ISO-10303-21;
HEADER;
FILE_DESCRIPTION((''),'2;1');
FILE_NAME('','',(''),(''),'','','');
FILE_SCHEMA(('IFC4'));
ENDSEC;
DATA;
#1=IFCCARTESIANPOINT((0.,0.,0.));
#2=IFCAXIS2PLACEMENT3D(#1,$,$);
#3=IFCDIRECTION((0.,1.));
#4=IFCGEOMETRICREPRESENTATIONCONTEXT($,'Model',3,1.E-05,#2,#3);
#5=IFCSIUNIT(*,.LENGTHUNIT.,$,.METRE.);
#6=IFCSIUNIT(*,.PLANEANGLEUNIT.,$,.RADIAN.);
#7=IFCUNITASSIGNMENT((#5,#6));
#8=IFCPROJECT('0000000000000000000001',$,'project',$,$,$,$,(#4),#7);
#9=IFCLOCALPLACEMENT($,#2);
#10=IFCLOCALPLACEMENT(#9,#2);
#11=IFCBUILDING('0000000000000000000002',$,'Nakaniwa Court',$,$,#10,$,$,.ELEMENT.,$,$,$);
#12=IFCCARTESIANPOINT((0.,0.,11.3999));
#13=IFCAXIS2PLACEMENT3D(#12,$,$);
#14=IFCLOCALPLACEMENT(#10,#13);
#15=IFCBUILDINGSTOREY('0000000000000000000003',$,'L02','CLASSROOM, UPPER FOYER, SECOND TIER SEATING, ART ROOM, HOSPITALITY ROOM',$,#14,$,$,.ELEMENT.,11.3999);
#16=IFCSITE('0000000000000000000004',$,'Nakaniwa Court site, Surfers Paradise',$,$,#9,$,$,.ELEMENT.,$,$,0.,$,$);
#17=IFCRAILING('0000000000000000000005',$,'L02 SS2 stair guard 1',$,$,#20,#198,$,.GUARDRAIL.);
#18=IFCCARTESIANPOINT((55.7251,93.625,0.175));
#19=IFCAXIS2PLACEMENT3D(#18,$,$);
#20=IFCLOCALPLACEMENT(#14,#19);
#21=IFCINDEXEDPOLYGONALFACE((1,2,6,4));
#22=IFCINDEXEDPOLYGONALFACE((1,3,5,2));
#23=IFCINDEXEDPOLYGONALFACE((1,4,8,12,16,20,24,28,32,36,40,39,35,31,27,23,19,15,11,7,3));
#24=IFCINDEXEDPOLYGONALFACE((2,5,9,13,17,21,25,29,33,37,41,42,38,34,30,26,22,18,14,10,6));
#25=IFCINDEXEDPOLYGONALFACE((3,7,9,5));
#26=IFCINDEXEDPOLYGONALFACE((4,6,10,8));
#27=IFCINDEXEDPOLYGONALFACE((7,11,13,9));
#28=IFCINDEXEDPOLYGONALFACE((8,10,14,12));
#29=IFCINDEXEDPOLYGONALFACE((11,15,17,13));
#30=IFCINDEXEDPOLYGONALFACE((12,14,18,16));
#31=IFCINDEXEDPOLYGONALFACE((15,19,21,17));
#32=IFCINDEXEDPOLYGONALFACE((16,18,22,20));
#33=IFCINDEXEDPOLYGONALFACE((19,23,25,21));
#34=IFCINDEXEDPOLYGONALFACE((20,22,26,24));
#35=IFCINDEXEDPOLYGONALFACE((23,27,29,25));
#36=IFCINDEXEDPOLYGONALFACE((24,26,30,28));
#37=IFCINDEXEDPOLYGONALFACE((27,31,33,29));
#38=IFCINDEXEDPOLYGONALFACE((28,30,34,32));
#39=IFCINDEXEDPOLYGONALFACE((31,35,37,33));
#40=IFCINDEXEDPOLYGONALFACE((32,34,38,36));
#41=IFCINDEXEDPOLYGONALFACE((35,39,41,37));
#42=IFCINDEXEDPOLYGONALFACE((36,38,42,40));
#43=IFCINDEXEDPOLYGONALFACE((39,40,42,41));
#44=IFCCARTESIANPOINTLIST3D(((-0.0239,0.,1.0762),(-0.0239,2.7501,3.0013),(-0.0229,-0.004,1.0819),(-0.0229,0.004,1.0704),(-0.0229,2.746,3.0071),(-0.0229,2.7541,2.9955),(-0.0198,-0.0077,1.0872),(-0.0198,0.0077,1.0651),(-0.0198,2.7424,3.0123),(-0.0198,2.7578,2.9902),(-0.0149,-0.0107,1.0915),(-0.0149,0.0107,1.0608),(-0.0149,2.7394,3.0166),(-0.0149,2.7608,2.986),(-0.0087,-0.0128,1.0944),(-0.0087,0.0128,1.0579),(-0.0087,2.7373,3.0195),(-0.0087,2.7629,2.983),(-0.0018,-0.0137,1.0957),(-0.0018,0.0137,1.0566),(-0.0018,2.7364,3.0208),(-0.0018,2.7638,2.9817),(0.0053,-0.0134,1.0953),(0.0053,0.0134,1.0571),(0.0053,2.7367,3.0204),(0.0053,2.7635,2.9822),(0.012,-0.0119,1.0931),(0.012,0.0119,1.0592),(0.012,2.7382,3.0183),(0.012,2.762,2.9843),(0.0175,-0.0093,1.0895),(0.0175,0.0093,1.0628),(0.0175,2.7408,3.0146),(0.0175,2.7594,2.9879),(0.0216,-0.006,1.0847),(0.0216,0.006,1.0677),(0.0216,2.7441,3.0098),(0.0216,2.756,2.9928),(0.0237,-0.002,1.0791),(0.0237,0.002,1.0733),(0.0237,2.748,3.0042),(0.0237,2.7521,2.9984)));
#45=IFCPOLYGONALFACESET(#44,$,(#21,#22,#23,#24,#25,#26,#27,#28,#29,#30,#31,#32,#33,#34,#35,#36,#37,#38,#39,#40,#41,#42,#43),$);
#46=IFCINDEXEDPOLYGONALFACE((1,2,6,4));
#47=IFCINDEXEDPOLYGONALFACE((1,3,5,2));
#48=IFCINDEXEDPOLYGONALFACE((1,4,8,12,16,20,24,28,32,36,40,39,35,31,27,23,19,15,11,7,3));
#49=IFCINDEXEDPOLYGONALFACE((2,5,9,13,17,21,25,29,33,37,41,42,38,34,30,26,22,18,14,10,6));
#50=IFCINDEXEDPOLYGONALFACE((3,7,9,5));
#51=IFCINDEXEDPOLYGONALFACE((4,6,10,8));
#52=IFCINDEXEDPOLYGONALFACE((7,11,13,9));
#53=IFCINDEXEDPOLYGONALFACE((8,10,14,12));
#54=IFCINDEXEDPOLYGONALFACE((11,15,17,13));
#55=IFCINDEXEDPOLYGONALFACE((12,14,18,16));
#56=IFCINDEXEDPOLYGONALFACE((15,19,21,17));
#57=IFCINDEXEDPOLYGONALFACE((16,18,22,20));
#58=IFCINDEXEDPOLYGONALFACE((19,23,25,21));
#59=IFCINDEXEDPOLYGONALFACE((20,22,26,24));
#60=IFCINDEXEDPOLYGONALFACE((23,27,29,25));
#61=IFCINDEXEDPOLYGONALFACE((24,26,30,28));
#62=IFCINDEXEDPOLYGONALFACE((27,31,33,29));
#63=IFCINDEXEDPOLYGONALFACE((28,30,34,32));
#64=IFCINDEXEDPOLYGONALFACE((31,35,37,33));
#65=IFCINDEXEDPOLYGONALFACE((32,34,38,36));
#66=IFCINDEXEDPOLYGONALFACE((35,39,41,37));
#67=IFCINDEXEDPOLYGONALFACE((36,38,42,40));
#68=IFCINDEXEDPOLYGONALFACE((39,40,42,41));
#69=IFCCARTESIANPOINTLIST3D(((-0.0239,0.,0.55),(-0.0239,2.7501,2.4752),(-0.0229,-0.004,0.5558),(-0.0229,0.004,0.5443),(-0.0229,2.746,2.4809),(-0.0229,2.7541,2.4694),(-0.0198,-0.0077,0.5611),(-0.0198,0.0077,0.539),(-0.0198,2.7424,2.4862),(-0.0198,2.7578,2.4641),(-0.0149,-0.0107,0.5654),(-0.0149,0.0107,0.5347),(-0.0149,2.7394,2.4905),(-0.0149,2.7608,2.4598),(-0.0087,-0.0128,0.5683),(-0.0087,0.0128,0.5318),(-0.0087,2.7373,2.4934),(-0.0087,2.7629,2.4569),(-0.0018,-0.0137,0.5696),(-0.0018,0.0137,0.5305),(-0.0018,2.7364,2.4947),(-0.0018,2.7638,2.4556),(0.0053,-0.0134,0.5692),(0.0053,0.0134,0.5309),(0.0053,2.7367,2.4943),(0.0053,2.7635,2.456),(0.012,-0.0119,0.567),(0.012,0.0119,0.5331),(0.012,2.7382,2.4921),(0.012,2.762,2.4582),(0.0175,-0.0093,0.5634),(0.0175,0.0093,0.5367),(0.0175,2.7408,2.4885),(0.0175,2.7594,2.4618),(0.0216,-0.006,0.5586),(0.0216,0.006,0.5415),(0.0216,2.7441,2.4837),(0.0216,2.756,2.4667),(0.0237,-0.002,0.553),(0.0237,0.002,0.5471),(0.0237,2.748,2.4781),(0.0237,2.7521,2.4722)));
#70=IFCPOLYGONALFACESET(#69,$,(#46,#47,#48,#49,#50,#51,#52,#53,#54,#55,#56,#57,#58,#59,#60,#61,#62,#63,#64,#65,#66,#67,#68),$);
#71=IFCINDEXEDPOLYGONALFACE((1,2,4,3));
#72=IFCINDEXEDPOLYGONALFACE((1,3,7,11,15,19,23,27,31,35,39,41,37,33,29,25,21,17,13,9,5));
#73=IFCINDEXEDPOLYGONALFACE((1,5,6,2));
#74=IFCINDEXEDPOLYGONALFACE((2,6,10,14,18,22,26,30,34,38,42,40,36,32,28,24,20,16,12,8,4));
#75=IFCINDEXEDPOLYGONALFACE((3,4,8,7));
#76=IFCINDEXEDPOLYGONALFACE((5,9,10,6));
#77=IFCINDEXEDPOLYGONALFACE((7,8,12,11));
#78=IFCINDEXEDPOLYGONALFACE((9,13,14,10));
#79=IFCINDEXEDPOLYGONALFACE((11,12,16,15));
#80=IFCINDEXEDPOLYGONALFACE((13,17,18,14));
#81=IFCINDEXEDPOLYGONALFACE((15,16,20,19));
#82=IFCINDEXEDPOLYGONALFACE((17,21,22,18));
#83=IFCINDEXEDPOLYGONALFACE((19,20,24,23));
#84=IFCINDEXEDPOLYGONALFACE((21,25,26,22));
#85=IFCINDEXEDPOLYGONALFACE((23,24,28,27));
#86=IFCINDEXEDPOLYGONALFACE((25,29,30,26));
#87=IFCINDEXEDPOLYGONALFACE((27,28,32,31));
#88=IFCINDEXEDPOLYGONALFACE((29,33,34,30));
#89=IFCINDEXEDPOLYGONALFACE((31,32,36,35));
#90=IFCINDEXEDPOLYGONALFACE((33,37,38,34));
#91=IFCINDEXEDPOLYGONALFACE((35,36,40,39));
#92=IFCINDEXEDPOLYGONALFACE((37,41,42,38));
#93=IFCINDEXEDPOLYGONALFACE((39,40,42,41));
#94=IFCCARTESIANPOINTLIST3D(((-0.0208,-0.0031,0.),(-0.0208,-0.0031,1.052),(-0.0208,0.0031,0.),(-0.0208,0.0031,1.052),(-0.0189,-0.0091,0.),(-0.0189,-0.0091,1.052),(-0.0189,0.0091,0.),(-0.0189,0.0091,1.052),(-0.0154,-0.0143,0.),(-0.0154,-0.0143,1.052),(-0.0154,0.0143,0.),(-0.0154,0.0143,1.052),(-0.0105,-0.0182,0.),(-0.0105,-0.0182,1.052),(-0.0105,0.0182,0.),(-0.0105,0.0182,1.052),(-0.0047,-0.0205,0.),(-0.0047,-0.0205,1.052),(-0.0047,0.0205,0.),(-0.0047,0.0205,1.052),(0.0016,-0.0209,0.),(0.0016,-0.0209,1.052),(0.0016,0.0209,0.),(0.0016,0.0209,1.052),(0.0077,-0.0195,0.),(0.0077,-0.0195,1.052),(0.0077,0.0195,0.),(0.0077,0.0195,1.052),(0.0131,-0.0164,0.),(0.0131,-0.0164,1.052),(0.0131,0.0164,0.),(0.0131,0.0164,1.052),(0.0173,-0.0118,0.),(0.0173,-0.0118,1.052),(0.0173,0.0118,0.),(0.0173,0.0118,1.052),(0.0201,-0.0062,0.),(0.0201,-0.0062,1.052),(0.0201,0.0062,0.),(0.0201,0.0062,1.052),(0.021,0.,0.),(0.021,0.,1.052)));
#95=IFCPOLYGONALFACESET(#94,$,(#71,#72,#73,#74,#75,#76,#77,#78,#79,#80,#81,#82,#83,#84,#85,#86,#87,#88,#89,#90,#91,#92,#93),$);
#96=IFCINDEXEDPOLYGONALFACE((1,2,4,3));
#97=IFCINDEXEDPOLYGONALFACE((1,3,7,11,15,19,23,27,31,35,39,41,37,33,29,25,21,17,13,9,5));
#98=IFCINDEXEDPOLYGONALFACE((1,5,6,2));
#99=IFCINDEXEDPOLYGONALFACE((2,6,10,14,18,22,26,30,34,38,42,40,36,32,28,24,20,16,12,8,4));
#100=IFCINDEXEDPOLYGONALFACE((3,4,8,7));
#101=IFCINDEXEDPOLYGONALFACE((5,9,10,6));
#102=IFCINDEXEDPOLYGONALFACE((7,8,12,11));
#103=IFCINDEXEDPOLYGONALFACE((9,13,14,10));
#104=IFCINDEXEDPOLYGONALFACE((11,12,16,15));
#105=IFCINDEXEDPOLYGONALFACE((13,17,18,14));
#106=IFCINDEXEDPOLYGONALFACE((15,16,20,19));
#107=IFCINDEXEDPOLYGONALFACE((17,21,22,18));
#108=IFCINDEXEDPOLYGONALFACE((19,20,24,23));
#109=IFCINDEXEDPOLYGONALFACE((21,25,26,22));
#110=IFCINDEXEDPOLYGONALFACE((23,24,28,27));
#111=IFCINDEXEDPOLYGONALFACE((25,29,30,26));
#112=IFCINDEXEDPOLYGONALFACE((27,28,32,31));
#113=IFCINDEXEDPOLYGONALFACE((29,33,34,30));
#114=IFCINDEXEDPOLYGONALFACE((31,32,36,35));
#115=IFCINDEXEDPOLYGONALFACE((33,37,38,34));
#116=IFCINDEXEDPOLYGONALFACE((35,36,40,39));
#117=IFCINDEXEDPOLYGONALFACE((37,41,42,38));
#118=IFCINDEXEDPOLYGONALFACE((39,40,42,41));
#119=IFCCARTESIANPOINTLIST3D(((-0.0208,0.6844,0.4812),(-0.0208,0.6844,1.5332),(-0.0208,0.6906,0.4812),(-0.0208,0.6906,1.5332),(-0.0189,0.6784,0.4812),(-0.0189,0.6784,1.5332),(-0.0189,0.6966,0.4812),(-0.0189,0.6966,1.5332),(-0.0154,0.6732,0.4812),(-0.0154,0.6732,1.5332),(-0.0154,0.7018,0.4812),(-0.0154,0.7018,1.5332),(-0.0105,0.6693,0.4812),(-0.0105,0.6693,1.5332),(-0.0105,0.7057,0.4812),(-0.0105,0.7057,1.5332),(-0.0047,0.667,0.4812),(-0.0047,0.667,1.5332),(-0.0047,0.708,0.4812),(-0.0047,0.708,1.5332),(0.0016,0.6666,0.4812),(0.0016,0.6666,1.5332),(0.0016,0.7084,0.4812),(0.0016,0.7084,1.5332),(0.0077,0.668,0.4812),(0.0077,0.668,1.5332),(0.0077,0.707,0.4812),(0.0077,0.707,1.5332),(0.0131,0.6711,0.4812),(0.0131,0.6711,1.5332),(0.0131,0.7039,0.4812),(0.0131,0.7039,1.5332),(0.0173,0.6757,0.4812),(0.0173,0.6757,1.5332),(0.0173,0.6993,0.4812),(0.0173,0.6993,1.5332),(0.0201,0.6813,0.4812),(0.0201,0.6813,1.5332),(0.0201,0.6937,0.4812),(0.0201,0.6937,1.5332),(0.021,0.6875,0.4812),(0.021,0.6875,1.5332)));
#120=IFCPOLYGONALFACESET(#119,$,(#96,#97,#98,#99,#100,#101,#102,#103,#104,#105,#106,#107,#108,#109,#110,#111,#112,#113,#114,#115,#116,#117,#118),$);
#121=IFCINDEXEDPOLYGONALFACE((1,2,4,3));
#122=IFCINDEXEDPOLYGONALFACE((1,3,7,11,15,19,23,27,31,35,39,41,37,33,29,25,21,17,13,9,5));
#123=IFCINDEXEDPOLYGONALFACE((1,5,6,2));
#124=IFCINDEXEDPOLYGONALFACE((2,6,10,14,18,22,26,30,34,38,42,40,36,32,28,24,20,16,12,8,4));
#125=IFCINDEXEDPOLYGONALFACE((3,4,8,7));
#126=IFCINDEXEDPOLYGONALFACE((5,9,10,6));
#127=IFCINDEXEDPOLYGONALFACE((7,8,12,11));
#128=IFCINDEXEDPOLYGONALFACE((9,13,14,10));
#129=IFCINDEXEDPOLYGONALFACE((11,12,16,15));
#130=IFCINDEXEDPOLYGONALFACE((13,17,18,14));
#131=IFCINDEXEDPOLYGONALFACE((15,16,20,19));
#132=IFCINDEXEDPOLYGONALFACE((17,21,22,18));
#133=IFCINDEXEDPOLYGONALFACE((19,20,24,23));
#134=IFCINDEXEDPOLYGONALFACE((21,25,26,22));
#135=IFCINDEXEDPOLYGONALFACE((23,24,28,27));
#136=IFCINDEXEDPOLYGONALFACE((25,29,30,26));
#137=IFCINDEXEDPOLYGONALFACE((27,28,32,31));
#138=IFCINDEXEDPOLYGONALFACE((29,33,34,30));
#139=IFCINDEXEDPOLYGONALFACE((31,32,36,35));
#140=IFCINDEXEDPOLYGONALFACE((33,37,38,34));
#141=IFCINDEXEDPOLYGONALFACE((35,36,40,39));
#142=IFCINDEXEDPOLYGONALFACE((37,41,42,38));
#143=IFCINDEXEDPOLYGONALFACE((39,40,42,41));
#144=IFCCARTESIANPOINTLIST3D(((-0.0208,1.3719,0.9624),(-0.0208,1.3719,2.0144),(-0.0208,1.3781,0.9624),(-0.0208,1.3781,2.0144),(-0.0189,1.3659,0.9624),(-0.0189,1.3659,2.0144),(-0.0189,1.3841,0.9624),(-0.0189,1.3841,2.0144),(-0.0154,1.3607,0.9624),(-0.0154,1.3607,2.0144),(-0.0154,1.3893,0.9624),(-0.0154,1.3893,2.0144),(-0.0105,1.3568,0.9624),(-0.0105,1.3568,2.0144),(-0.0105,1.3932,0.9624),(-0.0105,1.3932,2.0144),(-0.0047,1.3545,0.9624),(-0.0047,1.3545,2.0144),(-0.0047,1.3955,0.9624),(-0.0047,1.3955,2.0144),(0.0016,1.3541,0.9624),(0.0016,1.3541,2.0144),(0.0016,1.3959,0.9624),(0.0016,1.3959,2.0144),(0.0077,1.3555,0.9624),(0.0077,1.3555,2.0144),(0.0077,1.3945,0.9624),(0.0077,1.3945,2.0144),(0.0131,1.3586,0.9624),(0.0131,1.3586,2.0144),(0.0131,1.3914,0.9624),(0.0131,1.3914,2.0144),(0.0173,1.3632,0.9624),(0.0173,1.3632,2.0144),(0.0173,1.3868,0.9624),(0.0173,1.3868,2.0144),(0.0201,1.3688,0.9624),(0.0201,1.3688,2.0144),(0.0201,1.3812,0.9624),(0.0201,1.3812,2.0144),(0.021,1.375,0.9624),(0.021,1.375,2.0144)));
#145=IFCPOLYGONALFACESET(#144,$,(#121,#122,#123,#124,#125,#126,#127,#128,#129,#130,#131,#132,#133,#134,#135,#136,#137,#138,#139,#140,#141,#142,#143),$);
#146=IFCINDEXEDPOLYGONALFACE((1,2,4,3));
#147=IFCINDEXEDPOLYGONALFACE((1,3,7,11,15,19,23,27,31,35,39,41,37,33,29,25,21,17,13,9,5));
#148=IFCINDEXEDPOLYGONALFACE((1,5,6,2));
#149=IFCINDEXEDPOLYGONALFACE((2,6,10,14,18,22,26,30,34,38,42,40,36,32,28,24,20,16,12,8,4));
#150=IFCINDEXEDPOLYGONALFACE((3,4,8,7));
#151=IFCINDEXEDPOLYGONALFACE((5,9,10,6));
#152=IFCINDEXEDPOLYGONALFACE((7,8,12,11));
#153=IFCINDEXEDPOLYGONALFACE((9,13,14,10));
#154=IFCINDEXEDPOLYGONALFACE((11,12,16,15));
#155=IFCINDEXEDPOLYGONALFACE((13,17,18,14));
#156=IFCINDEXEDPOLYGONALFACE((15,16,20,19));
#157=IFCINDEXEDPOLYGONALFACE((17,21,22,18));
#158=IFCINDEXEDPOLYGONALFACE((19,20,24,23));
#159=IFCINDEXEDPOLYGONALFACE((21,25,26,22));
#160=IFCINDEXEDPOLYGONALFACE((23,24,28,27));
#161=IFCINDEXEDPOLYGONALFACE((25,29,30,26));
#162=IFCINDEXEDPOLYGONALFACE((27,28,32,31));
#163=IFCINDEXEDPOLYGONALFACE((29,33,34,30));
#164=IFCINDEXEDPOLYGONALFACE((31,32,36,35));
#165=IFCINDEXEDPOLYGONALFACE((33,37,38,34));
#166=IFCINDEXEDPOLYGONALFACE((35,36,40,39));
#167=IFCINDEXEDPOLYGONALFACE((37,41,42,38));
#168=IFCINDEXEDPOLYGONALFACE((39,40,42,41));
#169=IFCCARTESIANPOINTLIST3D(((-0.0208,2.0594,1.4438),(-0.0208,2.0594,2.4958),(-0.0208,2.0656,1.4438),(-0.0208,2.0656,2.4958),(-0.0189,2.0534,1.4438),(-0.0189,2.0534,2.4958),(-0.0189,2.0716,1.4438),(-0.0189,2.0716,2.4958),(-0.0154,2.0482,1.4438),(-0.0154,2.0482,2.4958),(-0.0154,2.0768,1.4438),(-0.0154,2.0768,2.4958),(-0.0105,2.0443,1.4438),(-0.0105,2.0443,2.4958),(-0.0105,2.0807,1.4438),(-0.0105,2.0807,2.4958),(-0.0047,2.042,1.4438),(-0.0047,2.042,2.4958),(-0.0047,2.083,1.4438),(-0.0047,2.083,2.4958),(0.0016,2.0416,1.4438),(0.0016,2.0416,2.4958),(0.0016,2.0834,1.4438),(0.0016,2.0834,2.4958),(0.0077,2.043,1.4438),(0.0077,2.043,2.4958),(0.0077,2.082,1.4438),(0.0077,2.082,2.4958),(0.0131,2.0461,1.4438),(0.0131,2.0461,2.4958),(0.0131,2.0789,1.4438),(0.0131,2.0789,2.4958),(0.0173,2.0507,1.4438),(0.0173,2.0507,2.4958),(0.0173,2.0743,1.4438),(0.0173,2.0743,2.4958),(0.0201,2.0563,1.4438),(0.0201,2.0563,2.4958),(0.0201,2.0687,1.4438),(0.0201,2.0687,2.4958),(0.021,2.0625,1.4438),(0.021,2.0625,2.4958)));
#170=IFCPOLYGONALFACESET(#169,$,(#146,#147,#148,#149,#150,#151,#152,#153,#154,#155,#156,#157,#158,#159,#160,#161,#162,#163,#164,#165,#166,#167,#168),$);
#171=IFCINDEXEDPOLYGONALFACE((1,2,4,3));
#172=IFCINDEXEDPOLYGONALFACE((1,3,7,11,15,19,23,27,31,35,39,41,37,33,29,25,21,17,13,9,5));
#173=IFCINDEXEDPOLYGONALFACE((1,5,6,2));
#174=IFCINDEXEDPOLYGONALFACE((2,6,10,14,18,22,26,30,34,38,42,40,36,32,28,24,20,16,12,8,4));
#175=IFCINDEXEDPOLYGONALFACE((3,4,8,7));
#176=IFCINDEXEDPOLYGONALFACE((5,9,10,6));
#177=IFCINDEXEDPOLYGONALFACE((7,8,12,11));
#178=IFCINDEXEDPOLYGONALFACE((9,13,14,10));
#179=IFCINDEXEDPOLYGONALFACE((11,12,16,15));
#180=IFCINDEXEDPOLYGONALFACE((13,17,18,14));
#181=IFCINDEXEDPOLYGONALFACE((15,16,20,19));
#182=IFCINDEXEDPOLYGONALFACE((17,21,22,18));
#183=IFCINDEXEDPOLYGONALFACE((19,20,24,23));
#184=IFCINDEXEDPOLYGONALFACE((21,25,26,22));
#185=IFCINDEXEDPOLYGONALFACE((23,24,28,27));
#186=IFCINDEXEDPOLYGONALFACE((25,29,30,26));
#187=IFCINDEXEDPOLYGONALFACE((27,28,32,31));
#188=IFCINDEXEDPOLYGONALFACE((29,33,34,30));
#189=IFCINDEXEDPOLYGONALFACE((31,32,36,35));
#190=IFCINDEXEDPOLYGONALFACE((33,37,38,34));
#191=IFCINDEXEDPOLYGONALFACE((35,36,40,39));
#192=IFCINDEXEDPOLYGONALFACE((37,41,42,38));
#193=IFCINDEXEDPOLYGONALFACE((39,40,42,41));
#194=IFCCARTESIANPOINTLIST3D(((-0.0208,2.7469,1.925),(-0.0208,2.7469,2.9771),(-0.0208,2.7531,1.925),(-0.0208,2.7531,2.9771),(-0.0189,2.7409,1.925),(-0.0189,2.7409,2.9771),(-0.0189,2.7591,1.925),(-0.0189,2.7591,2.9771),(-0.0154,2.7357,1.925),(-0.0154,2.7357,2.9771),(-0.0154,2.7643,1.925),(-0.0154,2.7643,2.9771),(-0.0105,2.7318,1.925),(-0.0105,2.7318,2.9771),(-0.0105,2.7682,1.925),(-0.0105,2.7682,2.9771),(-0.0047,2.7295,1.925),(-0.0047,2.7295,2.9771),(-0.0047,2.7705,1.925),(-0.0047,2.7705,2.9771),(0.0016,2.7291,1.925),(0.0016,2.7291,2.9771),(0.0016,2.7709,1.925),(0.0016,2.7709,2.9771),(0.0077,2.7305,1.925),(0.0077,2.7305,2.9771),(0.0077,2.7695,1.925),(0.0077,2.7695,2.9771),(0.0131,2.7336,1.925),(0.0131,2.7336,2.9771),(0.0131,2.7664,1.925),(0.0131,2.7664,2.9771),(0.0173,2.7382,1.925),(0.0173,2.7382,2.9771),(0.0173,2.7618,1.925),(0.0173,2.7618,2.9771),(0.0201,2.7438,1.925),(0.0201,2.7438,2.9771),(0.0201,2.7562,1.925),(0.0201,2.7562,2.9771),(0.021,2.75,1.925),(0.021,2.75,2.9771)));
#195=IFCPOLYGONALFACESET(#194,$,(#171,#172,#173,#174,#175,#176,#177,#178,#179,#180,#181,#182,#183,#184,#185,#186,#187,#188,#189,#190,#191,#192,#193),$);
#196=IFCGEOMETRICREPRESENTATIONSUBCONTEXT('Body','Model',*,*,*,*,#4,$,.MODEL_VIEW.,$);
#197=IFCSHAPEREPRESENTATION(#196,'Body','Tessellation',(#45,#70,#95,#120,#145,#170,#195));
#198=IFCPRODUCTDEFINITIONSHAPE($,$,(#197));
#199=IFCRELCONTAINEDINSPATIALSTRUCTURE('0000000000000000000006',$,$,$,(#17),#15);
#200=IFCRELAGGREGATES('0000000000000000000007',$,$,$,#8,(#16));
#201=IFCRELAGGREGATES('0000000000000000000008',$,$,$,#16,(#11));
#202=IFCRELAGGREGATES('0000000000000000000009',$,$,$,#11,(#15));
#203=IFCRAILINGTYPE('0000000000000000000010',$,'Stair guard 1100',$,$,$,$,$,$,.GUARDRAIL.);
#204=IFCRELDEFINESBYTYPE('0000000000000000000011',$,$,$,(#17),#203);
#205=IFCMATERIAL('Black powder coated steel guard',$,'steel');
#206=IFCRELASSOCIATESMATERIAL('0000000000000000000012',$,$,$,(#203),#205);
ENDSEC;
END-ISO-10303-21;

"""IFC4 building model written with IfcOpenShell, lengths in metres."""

from ifc_helpers import new_model, si_unit, direction, frame, origin, origin_2d, place, context, subcontext, project, spatial, circle, extrude, material, type_object, element, save


model = new_model("IFC4")

# Units and contexts
model_context = context("Model", 3, precision=1e-05, world=origin(), true_north=direction((0.0, 1.0)))
body_context = subcontext(model_context, "Body", "Model", "MODEL_VIEW")
ifc_project = project(units=[si_unit("LENGTHUNIT", "METRE"), si_unit("PLANEANGLEUNIT", "RADIAN")], contexts=[model_context])

# Site, building, storey
site_placement = place(None, origin())
site = spatial("IfcSite", under=ifc_project, at=site_placement, Name="Nakaniwa Court site, Surfers Paradise", CompositionType="ELEMENT", RefElevation=0.0)
building_placement = place(site_placement, origin())
building = spatial("IfcBuilding", under=site, at=building_placement, Name="Nakaniwa Court", CompositionType="ELEMENT")
storey_placement = place(building_placement, frame((0.0, 0.0, 11.3999)))
storey = spatial("IfcBuildingStorey", under=building, at=storey_placement, Name="L02", Description="CLASSROOM, UPPER FOYER, SECOND TIER SEATING, ART ROOM, HOSPITALITY ROOM", CompositionType="ELEMENT", Elevation=11.3999)

# Railing
ifc_material_1 = material(Name="Black powder coated steel guard", Category="steel")
railing_type_1 = type_object("IfcRailingType", Name="Stair guard 1100", PredefinedType="GUARDRAIL", material=ifc_material_1)
railing_1_placement = place(storey_placement, frame((55.7251, 93.625, 0.175)))
element("IfcRailing", 1, at=railing_1_placement, inside=storey, type_object=railing_type_1, Name="L02 SS2 stair guard 1", PredefinedType="GUARDRAIL", context=body_context, shape_type="SweptSolid", body=[
    extrude(circle(Radius=0.0239, at=origin_2d()), frame((0.0, 0.0, 1.0762), z_axis=(0.0, 0.819225, 0.573472), x_axis=(-1.0, 0.0, 0.0)), (0.0, 0.0, 1.0), 3.3569),
    extrude(circle(Radius=0.0239, at=origin_2d()), frame((0.0, 0.0, 0.55), z_axis=(0.0, 0.819225, 0.573472), x_axis=(-1.0, 0.0, 0.0)), (0.0, 0.0, 1.0), 3.3569),
    extrude(circle(Radius=0.021, at=origin_2d()), origin(), (0.0, 0.0, 1.0), 1.052),
    extrude(circle(Radius=0.021, at=origin_2d()), frame((0.0, 0.6875, 0.4812)), (0.0, 0.0, 1.0), 1.052),
    extrude(circle(Radius=0.021, at=origin_2d()), frame((0.0, 1.375, 0.9624)), (0.0, 0.0, 1.0), 1.052),
    extrude(circle(Radius=0.021, at=origin_2d()), frame((0.0, 2.0625, 1.4438)), (0.0, 0.0, 1.0), 1.052),
    extrude(circle(Radius=0.021, at=origin_2d()), frame((0.0, 2.75, 1.925)), (0.0, 0.0, 1.0), 1.052),
])

save(model, "model.ifc")
